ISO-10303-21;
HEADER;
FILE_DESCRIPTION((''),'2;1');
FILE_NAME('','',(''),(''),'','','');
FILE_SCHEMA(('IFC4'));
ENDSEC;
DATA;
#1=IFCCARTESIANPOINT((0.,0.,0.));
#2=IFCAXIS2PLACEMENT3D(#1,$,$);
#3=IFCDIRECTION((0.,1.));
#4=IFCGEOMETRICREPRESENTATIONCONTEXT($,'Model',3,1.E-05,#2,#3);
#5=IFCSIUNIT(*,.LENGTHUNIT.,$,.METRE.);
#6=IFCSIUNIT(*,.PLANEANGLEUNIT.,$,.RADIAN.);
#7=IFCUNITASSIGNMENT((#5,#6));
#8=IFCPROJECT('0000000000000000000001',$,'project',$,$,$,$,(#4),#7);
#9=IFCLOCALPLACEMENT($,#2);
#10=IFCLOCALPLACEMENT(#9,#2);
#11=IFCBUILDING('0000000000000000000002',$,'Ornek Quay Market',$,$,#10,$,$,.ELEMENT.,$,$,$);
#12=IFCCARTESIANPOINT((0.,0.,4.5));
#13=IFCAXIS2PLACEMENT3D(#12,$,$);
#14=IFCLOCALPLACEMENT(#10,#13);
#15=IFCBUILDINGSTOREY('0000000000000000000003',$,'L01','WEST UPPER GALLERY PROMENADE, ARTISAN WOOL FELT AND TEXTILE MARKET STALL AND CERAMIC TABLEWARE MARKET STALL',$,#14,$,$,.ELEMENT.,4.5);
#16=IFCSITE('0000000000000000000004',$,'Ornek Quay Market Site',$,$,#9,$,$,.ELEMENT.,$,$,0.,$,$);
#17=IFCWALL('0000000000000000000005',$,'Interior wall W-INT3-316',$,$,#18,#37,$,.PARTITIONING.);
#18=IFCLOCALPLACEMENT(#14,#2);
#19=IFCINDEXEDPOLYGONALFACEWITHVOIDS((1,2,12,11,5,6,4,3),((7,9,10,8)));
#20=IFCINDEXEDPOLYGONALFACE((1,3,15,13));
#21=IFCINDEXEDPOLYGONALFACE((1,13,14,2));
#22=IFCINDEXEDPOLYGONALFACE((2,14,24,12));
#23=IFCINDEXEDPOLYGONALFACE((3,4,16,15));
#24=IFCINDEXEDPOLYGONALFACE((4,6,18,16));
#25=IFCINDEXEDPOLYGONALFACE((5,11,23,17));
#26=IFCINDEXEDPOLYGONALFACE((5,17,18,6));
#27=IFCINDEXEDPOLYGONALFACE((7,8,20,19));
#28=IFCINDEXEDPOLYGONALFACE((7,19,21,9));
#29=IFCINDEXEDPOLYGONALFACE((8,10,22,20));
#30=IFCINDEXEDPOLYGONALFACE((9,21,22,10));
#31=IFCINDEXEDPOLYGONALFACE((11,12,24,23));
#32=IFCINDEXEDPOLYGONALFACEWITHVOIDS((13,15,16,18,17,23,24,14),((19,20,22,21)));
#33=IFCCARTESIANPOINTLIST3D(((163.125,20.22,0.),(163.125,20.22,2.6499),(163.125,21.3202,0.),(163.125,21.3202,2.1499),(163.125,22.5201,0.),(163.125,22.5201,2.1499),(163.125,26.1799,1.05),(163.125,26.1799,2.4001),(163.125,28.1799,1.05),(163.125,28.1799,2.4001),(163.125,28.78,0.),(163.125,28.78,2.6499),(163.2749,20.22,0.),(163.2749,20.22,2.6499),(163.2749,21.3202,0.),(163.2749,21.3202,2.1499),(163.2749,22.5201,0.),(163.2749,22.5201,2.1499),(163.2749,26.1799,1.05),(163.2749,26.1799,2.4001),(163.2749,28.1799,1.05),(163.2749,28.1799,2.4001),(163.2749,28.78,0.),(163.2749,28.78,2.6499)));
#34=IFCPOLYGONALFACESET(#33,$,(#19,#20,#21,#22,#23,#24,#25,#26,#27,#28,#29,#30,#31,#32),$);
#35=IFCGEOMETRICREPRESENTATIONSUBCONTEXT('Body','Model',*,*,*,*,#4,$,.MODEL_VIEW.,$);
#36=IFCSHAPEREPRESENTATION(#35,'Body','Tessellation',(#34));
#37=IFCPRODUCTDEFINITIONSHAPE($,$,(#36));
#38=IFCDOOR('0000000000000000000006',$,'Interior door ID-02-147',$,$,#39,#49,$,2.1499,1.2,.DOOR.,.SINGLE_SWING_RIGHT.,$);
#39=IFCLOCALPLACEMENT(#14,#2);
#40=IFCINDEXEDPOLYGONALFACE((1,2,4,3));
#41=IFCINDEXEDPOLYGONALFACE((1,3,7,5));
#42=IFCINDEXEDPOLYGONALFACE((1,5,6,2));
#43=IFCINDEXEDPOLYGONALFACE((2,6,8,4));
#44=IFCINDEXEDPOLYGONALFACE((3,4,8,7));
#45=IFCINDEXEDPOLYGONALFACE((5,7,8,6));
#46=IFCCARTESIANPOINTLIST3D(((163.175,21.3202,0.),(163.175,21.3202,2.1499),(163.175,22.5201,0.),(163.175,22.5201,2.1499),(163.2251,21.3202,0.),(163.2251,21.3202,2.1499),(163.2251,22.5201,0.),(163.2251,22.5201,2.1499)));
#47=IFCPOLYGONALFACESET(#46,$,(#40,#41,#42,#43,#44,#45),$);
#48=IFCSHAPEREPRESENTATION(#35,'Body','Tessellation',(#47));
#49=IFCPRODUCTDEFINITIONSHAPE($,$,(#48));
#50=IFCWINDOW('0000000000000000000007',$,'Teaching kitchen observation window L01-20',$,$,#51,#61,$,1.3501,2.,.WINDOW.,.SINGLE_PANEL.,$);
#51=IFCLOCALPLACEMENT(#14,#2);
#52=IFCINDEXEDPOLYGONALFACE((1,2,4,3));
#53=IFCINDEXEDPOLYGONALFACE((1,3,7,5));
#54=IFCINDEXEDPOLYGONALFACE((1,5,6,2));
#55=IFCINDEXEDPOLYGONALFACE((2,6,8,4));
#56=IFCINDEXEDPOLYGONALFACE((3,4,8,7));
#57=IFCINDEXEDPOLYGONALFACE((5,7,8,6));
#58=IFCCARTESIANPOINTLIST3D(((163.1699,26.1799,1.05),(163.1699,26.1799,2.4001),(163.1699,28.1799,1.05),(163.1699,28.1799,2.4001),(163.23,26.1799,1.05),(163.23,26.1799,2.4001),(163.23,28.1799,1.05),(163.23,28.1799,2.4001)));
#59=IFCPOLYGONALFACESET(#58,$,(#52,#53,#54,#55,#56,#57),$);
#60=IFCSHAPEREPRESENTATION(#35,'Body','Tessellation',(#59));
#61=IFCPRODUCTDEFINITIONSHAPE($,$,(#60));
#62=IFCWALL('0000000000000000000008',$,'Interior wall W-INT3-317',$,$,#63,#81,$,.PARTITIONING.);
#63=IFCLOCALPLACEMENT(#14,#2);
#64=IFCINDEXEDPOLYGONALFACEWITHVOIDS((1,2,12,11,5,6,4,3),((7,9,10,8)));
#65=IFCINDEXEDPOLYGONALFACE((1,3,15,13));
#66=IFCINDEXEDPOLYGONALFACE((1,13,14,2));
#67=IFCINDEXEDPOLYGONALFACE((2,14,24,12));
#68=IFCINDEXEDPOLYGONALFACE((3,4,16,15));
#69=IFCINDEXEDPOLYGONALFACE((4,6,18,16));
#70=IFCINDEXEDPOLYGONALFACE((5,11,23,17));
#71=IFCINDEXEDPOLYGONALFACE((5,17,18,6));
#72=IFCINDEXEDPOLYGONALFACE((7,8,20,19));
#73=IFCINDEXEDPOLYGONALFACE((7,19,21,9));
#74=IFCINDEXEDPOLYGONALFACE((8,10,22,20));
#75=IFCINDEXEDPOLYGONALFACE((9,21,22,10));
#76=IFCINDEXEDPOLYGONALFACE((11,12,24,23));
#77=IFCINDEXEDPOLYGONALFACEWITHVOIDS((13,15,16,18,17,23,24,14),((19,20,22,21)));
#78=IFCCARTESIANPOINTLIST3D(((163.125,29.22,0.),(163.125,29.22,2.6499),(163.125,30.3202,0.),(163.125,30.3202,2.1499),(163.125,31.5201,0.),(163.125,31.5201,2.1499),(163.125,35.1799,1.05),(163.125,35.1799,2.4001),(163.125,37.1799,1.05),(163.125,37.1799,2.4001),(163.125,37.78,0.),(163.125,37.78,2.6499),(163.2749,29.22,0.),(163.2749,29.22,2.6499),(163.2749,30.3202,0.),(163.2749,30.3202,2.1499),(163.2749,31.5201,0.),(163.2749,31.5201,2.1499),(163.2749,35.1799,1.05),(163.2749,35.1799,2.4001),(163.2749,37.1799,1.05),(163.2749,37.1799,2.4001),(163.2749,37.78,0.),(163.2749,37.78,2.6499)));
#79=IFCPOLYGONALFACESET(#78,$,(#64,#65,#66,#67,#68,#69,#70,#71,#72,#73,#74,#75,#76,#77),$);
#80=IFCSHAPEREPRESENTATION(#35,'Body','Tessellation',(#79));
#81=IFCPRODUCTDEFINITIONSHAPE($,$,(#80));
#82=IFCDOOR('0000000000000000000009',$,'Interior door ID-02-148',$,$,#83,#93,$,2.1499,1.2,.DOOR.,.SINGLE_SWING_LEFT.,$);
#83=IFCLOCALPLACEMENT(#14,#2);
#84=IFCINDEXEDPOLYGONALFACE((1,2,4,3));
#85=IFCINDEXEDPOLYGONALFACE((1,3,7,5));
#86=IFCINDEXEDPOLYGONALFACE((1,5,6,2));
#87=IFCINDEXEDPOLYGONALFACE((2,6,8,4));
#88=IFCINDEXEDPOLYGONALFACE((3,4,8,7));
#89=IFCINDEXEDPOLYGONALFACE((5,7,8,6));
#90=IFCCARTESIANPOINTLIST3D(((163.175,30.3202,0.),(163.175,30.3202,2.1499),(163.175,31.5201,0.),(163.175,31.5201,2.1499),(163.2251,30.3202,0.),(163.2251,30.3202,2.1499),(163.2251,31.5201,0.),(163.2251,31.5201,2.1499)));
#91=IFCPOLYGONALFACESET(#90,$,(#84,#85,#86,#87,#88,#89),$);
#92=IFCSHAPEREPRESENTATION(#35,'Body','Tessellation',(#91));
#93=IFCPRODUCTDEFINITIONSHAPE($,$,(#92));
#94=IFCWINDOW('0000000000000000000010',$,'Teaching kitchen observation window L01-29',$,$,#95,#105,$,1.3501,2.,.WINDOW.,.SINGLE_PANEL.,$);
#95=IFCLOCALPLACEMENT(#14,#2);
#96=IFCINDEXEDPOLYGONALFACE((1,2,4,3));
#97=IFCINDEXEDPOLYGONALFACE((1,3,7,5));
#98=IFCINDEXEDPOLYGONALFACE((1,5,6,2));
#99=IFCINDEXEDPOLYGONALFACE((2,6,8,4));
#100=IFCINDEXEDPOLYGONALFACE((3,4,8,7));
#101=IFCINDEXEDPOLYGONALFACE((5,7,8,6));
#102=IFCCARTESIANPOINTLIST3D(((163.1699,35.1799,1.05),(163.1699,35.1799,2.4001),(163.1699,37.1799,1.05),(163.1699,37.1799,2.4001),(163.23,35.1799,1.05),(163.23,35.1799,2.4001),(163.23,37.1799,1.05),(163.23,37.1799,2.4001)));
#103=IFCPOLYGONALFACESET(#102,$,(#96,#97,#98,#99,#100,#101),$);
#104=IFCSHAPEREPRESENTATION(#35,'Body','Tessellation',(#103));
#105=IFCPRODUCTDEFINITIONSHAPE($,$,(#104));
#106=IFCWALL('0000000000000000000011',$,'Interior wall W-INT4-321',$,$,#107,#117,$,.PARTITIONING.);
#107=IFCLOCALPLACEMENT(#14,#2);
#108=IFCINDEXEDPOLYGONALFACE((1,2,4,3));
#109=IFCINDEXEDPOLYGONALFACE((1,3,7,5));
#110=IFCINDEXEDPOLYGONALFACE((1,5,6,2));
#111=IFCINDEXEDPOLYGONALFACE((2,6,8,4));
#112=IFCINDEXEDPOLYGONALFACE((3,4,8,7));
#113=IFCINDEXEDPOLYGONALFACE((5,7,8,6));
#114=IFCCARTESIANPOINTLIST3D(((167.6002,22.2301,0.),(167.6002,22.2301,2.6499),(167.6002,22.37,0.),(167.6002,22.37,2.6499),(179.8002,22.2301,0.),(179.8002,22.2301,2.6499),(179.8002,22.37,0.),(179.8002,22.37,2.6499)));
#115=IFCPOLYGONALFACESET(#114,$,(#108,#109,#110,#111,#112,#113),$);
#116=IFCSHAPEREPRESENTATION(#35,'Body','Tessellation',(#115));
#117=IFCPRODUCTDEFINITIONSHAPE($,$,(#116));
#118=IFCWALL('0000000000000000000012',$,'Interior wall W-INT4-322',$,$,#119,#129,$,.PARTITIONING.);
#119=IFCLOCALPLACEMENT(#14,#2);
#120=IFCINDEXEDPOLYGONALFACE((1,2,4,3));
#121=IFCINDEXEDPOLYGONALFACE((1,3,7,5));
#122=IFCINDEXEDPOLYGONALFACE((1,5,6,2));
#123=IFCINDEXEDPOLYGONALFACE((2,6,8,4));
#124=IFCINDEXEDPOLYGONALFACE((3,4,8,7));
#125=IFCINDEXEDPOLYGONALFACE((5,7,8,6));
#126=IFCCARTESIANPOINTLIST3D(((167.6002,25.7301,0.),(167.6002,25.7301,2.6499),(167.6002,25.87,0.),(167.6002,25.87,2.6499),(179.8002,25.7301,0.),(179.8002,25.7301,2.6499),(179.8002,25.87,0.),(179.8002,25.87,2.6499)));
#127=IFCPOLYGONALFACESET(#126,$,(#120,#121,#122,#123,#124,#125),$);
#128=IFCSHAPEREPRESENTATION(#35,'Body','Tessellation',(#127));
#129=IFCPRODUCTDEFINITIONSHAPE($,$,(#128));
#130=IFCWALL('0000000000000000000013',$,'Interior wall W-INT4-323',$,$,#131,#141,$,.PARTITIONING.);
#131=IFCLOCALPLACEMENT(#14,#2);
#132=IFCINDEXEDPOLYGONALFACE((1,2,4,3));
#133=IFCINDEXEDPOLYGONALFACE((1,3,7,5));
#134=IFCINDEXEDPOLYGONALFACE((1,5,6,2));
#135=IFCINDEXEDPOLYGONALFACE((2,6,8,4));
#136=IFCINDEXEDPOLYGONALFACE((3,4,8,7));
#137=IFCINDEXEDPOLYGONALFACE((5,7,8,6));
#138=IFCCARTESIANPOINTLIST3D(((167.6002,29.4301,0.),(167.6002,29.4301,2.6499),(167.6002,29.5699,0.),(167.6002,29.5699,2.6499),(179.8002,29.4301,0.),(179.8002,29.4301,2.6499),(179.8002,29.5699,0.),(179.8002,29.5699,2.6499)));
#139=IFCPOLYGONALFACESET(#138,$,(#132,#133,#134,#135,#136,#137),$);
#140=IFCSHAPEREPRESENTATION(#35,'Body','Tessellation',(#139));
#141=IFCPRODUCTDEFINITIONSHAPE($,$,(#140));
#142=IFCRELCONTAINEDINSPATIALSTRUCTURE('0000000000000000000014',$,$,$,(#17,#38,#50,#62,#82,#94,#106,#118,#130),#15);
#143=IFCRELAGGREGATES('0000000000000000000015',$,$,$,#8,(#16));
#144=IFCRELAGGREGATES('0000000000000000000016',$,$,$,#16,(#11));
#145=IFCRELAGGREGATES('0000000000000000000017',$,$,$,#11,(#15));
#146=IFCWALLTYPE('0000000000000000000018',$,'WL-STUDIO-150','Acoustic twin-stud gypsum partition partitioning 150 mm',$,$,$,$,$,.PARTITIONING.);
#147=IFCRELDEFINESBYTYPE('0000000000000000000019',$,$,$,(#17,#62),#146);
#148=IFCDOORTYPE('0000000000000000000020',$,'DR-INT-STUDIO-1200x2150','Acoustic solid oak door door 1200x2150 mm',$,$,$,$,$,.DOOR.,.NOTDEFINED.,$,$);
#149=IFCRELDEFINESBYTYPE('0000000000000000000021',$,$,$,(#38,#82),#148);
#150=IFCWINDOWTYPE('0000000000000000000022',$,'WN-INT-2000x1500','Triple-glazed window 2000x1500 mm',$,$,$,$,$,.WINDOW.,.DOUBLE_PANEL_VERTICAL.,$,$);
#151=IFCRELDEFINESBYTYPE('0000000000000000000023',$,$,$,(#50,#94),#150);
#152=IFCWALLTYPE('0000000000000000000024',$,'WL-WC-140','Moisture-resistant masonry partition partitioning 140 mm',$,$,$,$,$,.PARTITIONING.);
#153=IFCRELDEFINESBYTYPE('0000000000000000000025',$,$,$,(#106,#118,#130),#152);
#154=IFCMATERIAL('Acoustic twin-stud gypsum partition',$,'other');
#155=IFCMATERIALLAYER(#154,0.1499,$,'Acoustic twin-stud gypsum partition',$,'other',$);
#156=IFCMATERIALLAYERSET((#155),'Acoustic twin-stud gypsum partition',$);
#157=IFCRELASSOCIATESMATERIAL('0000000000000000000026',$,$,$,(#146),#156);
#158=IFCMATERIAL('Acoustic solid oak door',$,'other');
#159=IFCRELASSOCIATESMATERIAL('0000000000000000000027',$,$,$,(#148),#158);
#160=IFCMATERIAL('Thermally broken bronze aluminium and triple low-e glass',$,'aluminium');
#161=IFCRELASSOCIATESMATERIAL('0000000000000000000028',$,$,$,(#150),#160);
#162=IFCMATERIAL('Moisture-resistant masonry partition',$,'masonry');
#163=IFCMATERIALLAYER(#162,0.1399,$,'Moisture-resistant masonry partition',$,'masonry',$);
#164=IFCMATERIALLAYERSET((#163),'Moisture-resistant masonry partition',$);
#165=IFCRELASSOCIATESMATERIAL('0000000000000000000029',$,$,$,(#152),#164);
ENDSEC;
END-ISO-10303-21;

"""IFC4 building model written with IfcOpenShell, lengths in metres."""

from ifc_helpers import new_model, si_unit, direction, frame, frame_2d, origin, place, context, subcontext, project, spatial, rectangle, extrude, material, layer, layer_set, type_object, element, fill, save


model = new_model("IFC4")

# Units and contexts
model_context = context("Model", 3, precision=1e-05, world=origin(), true_north=direction((0.0, 1.0)))
body_context = subcontext(model_context, "Body", "Model", "MODEL_VIEW")
ifc_project = project(units=[si_unit("LENGTHUNIT", "METRE"), si_unit("PLANEANGLEUNIT", "RADIAN")], contexts=[model_context])

# Site, building, storey
site_placement = place(None, origin())
site = spatial("IfcSite", under=ifc_project, at=site_placement, Name="Ornek Quay Market Site", CompositionType="ELEMENT", RefElevation=0.0)
building_placement = place(site_placement, origin())
building = spatial("IfcBuilding", under=site, at=building_placement, Name="Ornek Quay Market", CompositionType="ELEMENT")
storey_placement = place(building_placement, frame((0.0, 0.0, 4.5)))
storey = spatial("IfcBuildingStorey", under=building, at=storey_placement, Name="L01", Description="WEST UPPER GALLERY PROMENADE, ARTISAN WOOL FELT AND TEXTILE MARKET STALL AND CERAMIC TABLEWARE MARKET STALL", CompositionType="ELEMENT", Elevation=4.5)

# Walls, openings, doors, windows
ifc_material_1 = material(Name="Acoustic twin-stud gypsum partition", Category="other")
ifc_layer_1 = layer(ifc_material_1, 0.1499, Name="Acoustic twin-stud gypsum partition", Category="other")
ifc_layer_set_1 = layer_set([ifc_layer_1], Name="Acoustic twin-stud gypsum partition")
wall_type_1 = type_object("IfcWallType", Name="WL-STUDIO-150", Description="Acoustic twin-stud gypsum partition partitioning 150 mm", PredefinedType="PARTITIONING", material=ifc_layer_set_1)
wall_1_placement = place(storey_placement, frame((163.2, 20.22, 0.0), z_axis=(0.0, 0.0, 1.0), x_axis=(0.0, 1.0, 0.0)))
wall_1 = element("IfcWall", 1, at=wall_1_placement, inside=storey, type_object=wall_type_1, Name="Interior wall W-INT3-316", PredefinedType="PARTITIONING", context=body_context, shape_type="SweptSolid", body=[
    extrude(rectangle(XDim=8.5601, YDim=0.1499, at=frame_2d((4.28, 0.0))), origin(), (0.0, 0.0, 1.0), 2.6499),
])
opening_1_placement = place(wall_1_placement, frame((1.1001, 0.0, 0.0)))
opening_1 = element("IfcOpeningElement", 2, at=opening_1_placement, cuts=wall_1, PredefinedType="OPENING", context=body_context, shape_type="SweptSolid", body=[
    extrude(rectangle(XDim=1.2, YDim=2.1499, at=frame_2d((0.6001, 1.075))), frame((0.0, 0.085, 0.0), z_axis=(0.0, -1.0, 0.0), x_axis=(1.0, 0.0, 0.0)), (0.0, 0.0, 1.0), 0.1699),
])
opening_2_placement = place(wall_1_placement, frame((5.96, 0.0, 1.05)))
opening_2 = element("IfcOpeningElement", 3, at=opening_2_placement, cuts=wall_1, PredefinedType="OPENING", context=body_context, shape_type="SweptSolid", body=[
    extrude(rectangle(XDim=2.0, YDim=1.3501, at=frame_2d((1.0, 0.675))), frame((0.0, 0.085, 0.0), z_axis=(0.0, -1.0, 0.0), x_axis=(1.0, 0.0, 0.0)), (0.0, 0.0, 1.0), 0.1699),
])
ifc_material_2 = material(Name="Acoustic solid oak door", Category="other")
door_type_1 = type_object("IfcDoorType", Name="DR-INT-STUDIO-1200x2150", Description="Acoustic solid oak door door 1200x2150 mm", OperationType="NOTDEFINED", PredefinedType="DOOR", material=ifc_material_2)
door_1_placement = place(opening_1_placement, origin())
door_1 = element("IfcDoor", 4, at=door_1_placement, inside=storey, type_object=door_type_1, Name="Interior door ID-02-147", OperationType="SINGLE_SWING_RIGHT", OverallHeight=2.1499, OverallWidth=1.2, PredefinedType="DOOR", context=body_context, shape_type="SweptSolid", body=[
    extrude(rectangle(XDim=1.2, YDim=2.1499, at=frame_2d((0.6001, 1.075))), frame((0.0, 0.0249, 0.0), z_axis=(0.0, -1.0, 0.0), x_axis=(1.0, 0.0, 0.0)), (0.0, 0.0, 1.0), 0.05),
])
fill(opening_1, door_1)
ifc_material_3 = material(Name="Thermally broken bronze aluminium and triple low-e glass", Category="aluminium")
window_type = type_object("IfcWindowType", Name="WN-INT-2000x1500", Description="Triple-glazed window 2000x1500 mm", PartitioningType="DOUBLE_PANEL_VERTICAL", PredefinedType="WINDOW", material=ifc_material_3)
window_1_placement = place(opening_2_placement, origin())
window_1 = element("IfcWindow", 5, at=window_1_placement, inside=storey, type_object=window_type, Name="Teaching kitchen observation window L01-20", OverallHeight=1.3501, OverallWidth=2.0, PartitioningType="SINGLE_PANEL", PredefinedType="WINDOW", context=body_context, shape_type="SweptSolid", body=[
    extrude(rectangle(XDim=2.0, YDim=1.3501, at=frame_2d((1.0, 0.675))), frame((0.0, 0.03, 0.0), z_axis=(0.0, -1.0, 0.0), x_axis=(1.0, 0.0, 0.0)), (0.0, 0.0, 1.0), 0.0601),
])
fill(opening_2, window_1)
wall_2_placement = place(storey_placement, frame((163.2, 29.22, 0.0), z_axis=(0.0, 0.0, 1.0), x_axis=(0.0, 1.0, 0.0)))
wall_2 = element("IfcWall", 6, at=wall_2_placement, inside=storey, type_object=wall_type_1, Name="Interior wall W-INT3-317", PredefinedType="PARTITIONING", context=body_context, shape_type="SweptSolid", body=[
    extrude(rectangle(XDim=8.5601, YDim=0.1499, at=frame_2d((4.28, 0.0))), origin(), (0.0, 0.0, 1.0), 2.6499),
])
opening_3_placement = place(wall_2_placement, frame((1.1001, 0.0, 0.0)))
opening_3 = element("IfcOpeningElement", 7, at=opening_3_placement, cuts=wall_2, PredefinedType="OPENING", context=body_context, shape_type="SweptSolid", body=[
    extrude(rectangle(XDim=1.2, YDim=2.1499, at=frame_2d((0.6001, 1.075))), frame((0.0, 0.085, 0.0), z_axis=(0.0, -1.0, 0.0), x_axis=(1.0, 0.0, 0.0)), (0.0, 0.0, 1.0), 0.1699),
])
opening_4_placement = place(wall_2_placement, frame((5.96, 0.0, 1.05)))
opening_4 = element("IfcOpeningElement", 8, at=opening_4_placement, cuts=wall_2, PredefinedType="OPENING", context=body_context, shape_type="SweptSolid", body=[
    extrude(rectangle(XDim=2.0, YDim=1.3501, at=frame_2d((1.0, 0.675))), frame((0.0, 0.085, 0.0), z_axis=(0.0, -1.0, 0.0), x_axis=(1.0, 0.0, 0.0)), (0.0, 0.0, 1.0), 0.1699),
])
door_2_placement = place(opening_3_placement, origin())
door_2 = element("IfcDoor", 9, at=door_2_placement, inside=storey, type_object=door_type_1, Name="Interior door ID-02-148", OperationType="SINGLE_SWING_LEFT", OverallHeight=2.1499, OverallWidth=1.2, PredefinedType="DOOR", context=body_context, shape_type="SweptSolid", body=[
    extrude(rectangle(XDim=1.2, YDim=2.1499, at=frame_2d((0.6001, 1.075))), frame((0.0, 0.0249, 0.0), z_axis=(0.0, -1.0, 0.0), x_axis=(1.0, 0.0, 0.0)), (0.0, 0.0, 1.0), 0.05),
])
fill(opening_3, door_2)
window_2_placement = place(opening_4_placement, origin())
window_2 = element("IfcWindow", 10, at=window_2_placement, inside=storey, type_object=window_type, Name="Teaching kitchen observation window L01-29", OverallHeight=1.3501, OverallWidth=2.0, PartitioningType="SINGLE_PANEL", PredefinedType="WINDOW", context=body_context, shape_type="SweptSolid", body=[
    extrude(rectangle(XDim=2.0, YDim=1.3501, at=frame_2d((1.0, 0.675))), frame((0.0, 0.03, 0.0), z_axis=(0.0, -1.0, 0.0), x_axis=(1.0, 0.0, 0.0)), (0.0, 0.0, 1.0), 0.0601),
])
fill(opening_4, window_2)

# Walls
ifc_material_4 = material(Name="Moisture-resistant masonry partition", Category="masonry")
ifc_layer_2 = layer(ifc_material_4, 0.1399, Name="Moisture-resistant masonry partition", Category="masonry")
ifc_layer_set_2 = layer_set([ifc_layer_2], Name="Moisture-resistant masonry partition")
wall_type_2 = type_object("IfcWallType", Name="WL-WC-140", Description="Moisture-resistant masonry partition partitioning 140 mm", PredefinedType="PARTITIONING", material=ifc_layer_set_2)
for number, where, z_axis, x_axis, name in (
    (11, (167.6001, 22.3, 0.0), (0.0, 0.0, 1.0), (1.0, 0.0, 0.0), "Interior wall W-INT4-321"),
    (12, (167.6001, 25.8, 0.0), (0.0, 0.0, 1.0), (1.0, 0.0, 0.0), "Interior wall W-INT4-322"),
    (13, (167.6001, 29.5, 0.0), (0.0, 0.0, 1.0), (1.0, 0.0, 0.0), "Interior wall W-INT4-323"),
):
    element("IfcWall", number, at=place(storey_placement, frame(where, z_axis=z_axis, x_axis=x_axis)), inside=storey, type_object=wall_type_2, Name=name, PredefinedType="PARTITIONING", context=body_context, shape_type="SweptSolid", body=[
        extrude(rectangle(XDim=12.2, YDim=0.1399, at=frame_2d((6.1001, 0.0))), origin(), (0.0, 0.0, 1.0), 2.6499),
    ])

save(model, "model.ifc")
